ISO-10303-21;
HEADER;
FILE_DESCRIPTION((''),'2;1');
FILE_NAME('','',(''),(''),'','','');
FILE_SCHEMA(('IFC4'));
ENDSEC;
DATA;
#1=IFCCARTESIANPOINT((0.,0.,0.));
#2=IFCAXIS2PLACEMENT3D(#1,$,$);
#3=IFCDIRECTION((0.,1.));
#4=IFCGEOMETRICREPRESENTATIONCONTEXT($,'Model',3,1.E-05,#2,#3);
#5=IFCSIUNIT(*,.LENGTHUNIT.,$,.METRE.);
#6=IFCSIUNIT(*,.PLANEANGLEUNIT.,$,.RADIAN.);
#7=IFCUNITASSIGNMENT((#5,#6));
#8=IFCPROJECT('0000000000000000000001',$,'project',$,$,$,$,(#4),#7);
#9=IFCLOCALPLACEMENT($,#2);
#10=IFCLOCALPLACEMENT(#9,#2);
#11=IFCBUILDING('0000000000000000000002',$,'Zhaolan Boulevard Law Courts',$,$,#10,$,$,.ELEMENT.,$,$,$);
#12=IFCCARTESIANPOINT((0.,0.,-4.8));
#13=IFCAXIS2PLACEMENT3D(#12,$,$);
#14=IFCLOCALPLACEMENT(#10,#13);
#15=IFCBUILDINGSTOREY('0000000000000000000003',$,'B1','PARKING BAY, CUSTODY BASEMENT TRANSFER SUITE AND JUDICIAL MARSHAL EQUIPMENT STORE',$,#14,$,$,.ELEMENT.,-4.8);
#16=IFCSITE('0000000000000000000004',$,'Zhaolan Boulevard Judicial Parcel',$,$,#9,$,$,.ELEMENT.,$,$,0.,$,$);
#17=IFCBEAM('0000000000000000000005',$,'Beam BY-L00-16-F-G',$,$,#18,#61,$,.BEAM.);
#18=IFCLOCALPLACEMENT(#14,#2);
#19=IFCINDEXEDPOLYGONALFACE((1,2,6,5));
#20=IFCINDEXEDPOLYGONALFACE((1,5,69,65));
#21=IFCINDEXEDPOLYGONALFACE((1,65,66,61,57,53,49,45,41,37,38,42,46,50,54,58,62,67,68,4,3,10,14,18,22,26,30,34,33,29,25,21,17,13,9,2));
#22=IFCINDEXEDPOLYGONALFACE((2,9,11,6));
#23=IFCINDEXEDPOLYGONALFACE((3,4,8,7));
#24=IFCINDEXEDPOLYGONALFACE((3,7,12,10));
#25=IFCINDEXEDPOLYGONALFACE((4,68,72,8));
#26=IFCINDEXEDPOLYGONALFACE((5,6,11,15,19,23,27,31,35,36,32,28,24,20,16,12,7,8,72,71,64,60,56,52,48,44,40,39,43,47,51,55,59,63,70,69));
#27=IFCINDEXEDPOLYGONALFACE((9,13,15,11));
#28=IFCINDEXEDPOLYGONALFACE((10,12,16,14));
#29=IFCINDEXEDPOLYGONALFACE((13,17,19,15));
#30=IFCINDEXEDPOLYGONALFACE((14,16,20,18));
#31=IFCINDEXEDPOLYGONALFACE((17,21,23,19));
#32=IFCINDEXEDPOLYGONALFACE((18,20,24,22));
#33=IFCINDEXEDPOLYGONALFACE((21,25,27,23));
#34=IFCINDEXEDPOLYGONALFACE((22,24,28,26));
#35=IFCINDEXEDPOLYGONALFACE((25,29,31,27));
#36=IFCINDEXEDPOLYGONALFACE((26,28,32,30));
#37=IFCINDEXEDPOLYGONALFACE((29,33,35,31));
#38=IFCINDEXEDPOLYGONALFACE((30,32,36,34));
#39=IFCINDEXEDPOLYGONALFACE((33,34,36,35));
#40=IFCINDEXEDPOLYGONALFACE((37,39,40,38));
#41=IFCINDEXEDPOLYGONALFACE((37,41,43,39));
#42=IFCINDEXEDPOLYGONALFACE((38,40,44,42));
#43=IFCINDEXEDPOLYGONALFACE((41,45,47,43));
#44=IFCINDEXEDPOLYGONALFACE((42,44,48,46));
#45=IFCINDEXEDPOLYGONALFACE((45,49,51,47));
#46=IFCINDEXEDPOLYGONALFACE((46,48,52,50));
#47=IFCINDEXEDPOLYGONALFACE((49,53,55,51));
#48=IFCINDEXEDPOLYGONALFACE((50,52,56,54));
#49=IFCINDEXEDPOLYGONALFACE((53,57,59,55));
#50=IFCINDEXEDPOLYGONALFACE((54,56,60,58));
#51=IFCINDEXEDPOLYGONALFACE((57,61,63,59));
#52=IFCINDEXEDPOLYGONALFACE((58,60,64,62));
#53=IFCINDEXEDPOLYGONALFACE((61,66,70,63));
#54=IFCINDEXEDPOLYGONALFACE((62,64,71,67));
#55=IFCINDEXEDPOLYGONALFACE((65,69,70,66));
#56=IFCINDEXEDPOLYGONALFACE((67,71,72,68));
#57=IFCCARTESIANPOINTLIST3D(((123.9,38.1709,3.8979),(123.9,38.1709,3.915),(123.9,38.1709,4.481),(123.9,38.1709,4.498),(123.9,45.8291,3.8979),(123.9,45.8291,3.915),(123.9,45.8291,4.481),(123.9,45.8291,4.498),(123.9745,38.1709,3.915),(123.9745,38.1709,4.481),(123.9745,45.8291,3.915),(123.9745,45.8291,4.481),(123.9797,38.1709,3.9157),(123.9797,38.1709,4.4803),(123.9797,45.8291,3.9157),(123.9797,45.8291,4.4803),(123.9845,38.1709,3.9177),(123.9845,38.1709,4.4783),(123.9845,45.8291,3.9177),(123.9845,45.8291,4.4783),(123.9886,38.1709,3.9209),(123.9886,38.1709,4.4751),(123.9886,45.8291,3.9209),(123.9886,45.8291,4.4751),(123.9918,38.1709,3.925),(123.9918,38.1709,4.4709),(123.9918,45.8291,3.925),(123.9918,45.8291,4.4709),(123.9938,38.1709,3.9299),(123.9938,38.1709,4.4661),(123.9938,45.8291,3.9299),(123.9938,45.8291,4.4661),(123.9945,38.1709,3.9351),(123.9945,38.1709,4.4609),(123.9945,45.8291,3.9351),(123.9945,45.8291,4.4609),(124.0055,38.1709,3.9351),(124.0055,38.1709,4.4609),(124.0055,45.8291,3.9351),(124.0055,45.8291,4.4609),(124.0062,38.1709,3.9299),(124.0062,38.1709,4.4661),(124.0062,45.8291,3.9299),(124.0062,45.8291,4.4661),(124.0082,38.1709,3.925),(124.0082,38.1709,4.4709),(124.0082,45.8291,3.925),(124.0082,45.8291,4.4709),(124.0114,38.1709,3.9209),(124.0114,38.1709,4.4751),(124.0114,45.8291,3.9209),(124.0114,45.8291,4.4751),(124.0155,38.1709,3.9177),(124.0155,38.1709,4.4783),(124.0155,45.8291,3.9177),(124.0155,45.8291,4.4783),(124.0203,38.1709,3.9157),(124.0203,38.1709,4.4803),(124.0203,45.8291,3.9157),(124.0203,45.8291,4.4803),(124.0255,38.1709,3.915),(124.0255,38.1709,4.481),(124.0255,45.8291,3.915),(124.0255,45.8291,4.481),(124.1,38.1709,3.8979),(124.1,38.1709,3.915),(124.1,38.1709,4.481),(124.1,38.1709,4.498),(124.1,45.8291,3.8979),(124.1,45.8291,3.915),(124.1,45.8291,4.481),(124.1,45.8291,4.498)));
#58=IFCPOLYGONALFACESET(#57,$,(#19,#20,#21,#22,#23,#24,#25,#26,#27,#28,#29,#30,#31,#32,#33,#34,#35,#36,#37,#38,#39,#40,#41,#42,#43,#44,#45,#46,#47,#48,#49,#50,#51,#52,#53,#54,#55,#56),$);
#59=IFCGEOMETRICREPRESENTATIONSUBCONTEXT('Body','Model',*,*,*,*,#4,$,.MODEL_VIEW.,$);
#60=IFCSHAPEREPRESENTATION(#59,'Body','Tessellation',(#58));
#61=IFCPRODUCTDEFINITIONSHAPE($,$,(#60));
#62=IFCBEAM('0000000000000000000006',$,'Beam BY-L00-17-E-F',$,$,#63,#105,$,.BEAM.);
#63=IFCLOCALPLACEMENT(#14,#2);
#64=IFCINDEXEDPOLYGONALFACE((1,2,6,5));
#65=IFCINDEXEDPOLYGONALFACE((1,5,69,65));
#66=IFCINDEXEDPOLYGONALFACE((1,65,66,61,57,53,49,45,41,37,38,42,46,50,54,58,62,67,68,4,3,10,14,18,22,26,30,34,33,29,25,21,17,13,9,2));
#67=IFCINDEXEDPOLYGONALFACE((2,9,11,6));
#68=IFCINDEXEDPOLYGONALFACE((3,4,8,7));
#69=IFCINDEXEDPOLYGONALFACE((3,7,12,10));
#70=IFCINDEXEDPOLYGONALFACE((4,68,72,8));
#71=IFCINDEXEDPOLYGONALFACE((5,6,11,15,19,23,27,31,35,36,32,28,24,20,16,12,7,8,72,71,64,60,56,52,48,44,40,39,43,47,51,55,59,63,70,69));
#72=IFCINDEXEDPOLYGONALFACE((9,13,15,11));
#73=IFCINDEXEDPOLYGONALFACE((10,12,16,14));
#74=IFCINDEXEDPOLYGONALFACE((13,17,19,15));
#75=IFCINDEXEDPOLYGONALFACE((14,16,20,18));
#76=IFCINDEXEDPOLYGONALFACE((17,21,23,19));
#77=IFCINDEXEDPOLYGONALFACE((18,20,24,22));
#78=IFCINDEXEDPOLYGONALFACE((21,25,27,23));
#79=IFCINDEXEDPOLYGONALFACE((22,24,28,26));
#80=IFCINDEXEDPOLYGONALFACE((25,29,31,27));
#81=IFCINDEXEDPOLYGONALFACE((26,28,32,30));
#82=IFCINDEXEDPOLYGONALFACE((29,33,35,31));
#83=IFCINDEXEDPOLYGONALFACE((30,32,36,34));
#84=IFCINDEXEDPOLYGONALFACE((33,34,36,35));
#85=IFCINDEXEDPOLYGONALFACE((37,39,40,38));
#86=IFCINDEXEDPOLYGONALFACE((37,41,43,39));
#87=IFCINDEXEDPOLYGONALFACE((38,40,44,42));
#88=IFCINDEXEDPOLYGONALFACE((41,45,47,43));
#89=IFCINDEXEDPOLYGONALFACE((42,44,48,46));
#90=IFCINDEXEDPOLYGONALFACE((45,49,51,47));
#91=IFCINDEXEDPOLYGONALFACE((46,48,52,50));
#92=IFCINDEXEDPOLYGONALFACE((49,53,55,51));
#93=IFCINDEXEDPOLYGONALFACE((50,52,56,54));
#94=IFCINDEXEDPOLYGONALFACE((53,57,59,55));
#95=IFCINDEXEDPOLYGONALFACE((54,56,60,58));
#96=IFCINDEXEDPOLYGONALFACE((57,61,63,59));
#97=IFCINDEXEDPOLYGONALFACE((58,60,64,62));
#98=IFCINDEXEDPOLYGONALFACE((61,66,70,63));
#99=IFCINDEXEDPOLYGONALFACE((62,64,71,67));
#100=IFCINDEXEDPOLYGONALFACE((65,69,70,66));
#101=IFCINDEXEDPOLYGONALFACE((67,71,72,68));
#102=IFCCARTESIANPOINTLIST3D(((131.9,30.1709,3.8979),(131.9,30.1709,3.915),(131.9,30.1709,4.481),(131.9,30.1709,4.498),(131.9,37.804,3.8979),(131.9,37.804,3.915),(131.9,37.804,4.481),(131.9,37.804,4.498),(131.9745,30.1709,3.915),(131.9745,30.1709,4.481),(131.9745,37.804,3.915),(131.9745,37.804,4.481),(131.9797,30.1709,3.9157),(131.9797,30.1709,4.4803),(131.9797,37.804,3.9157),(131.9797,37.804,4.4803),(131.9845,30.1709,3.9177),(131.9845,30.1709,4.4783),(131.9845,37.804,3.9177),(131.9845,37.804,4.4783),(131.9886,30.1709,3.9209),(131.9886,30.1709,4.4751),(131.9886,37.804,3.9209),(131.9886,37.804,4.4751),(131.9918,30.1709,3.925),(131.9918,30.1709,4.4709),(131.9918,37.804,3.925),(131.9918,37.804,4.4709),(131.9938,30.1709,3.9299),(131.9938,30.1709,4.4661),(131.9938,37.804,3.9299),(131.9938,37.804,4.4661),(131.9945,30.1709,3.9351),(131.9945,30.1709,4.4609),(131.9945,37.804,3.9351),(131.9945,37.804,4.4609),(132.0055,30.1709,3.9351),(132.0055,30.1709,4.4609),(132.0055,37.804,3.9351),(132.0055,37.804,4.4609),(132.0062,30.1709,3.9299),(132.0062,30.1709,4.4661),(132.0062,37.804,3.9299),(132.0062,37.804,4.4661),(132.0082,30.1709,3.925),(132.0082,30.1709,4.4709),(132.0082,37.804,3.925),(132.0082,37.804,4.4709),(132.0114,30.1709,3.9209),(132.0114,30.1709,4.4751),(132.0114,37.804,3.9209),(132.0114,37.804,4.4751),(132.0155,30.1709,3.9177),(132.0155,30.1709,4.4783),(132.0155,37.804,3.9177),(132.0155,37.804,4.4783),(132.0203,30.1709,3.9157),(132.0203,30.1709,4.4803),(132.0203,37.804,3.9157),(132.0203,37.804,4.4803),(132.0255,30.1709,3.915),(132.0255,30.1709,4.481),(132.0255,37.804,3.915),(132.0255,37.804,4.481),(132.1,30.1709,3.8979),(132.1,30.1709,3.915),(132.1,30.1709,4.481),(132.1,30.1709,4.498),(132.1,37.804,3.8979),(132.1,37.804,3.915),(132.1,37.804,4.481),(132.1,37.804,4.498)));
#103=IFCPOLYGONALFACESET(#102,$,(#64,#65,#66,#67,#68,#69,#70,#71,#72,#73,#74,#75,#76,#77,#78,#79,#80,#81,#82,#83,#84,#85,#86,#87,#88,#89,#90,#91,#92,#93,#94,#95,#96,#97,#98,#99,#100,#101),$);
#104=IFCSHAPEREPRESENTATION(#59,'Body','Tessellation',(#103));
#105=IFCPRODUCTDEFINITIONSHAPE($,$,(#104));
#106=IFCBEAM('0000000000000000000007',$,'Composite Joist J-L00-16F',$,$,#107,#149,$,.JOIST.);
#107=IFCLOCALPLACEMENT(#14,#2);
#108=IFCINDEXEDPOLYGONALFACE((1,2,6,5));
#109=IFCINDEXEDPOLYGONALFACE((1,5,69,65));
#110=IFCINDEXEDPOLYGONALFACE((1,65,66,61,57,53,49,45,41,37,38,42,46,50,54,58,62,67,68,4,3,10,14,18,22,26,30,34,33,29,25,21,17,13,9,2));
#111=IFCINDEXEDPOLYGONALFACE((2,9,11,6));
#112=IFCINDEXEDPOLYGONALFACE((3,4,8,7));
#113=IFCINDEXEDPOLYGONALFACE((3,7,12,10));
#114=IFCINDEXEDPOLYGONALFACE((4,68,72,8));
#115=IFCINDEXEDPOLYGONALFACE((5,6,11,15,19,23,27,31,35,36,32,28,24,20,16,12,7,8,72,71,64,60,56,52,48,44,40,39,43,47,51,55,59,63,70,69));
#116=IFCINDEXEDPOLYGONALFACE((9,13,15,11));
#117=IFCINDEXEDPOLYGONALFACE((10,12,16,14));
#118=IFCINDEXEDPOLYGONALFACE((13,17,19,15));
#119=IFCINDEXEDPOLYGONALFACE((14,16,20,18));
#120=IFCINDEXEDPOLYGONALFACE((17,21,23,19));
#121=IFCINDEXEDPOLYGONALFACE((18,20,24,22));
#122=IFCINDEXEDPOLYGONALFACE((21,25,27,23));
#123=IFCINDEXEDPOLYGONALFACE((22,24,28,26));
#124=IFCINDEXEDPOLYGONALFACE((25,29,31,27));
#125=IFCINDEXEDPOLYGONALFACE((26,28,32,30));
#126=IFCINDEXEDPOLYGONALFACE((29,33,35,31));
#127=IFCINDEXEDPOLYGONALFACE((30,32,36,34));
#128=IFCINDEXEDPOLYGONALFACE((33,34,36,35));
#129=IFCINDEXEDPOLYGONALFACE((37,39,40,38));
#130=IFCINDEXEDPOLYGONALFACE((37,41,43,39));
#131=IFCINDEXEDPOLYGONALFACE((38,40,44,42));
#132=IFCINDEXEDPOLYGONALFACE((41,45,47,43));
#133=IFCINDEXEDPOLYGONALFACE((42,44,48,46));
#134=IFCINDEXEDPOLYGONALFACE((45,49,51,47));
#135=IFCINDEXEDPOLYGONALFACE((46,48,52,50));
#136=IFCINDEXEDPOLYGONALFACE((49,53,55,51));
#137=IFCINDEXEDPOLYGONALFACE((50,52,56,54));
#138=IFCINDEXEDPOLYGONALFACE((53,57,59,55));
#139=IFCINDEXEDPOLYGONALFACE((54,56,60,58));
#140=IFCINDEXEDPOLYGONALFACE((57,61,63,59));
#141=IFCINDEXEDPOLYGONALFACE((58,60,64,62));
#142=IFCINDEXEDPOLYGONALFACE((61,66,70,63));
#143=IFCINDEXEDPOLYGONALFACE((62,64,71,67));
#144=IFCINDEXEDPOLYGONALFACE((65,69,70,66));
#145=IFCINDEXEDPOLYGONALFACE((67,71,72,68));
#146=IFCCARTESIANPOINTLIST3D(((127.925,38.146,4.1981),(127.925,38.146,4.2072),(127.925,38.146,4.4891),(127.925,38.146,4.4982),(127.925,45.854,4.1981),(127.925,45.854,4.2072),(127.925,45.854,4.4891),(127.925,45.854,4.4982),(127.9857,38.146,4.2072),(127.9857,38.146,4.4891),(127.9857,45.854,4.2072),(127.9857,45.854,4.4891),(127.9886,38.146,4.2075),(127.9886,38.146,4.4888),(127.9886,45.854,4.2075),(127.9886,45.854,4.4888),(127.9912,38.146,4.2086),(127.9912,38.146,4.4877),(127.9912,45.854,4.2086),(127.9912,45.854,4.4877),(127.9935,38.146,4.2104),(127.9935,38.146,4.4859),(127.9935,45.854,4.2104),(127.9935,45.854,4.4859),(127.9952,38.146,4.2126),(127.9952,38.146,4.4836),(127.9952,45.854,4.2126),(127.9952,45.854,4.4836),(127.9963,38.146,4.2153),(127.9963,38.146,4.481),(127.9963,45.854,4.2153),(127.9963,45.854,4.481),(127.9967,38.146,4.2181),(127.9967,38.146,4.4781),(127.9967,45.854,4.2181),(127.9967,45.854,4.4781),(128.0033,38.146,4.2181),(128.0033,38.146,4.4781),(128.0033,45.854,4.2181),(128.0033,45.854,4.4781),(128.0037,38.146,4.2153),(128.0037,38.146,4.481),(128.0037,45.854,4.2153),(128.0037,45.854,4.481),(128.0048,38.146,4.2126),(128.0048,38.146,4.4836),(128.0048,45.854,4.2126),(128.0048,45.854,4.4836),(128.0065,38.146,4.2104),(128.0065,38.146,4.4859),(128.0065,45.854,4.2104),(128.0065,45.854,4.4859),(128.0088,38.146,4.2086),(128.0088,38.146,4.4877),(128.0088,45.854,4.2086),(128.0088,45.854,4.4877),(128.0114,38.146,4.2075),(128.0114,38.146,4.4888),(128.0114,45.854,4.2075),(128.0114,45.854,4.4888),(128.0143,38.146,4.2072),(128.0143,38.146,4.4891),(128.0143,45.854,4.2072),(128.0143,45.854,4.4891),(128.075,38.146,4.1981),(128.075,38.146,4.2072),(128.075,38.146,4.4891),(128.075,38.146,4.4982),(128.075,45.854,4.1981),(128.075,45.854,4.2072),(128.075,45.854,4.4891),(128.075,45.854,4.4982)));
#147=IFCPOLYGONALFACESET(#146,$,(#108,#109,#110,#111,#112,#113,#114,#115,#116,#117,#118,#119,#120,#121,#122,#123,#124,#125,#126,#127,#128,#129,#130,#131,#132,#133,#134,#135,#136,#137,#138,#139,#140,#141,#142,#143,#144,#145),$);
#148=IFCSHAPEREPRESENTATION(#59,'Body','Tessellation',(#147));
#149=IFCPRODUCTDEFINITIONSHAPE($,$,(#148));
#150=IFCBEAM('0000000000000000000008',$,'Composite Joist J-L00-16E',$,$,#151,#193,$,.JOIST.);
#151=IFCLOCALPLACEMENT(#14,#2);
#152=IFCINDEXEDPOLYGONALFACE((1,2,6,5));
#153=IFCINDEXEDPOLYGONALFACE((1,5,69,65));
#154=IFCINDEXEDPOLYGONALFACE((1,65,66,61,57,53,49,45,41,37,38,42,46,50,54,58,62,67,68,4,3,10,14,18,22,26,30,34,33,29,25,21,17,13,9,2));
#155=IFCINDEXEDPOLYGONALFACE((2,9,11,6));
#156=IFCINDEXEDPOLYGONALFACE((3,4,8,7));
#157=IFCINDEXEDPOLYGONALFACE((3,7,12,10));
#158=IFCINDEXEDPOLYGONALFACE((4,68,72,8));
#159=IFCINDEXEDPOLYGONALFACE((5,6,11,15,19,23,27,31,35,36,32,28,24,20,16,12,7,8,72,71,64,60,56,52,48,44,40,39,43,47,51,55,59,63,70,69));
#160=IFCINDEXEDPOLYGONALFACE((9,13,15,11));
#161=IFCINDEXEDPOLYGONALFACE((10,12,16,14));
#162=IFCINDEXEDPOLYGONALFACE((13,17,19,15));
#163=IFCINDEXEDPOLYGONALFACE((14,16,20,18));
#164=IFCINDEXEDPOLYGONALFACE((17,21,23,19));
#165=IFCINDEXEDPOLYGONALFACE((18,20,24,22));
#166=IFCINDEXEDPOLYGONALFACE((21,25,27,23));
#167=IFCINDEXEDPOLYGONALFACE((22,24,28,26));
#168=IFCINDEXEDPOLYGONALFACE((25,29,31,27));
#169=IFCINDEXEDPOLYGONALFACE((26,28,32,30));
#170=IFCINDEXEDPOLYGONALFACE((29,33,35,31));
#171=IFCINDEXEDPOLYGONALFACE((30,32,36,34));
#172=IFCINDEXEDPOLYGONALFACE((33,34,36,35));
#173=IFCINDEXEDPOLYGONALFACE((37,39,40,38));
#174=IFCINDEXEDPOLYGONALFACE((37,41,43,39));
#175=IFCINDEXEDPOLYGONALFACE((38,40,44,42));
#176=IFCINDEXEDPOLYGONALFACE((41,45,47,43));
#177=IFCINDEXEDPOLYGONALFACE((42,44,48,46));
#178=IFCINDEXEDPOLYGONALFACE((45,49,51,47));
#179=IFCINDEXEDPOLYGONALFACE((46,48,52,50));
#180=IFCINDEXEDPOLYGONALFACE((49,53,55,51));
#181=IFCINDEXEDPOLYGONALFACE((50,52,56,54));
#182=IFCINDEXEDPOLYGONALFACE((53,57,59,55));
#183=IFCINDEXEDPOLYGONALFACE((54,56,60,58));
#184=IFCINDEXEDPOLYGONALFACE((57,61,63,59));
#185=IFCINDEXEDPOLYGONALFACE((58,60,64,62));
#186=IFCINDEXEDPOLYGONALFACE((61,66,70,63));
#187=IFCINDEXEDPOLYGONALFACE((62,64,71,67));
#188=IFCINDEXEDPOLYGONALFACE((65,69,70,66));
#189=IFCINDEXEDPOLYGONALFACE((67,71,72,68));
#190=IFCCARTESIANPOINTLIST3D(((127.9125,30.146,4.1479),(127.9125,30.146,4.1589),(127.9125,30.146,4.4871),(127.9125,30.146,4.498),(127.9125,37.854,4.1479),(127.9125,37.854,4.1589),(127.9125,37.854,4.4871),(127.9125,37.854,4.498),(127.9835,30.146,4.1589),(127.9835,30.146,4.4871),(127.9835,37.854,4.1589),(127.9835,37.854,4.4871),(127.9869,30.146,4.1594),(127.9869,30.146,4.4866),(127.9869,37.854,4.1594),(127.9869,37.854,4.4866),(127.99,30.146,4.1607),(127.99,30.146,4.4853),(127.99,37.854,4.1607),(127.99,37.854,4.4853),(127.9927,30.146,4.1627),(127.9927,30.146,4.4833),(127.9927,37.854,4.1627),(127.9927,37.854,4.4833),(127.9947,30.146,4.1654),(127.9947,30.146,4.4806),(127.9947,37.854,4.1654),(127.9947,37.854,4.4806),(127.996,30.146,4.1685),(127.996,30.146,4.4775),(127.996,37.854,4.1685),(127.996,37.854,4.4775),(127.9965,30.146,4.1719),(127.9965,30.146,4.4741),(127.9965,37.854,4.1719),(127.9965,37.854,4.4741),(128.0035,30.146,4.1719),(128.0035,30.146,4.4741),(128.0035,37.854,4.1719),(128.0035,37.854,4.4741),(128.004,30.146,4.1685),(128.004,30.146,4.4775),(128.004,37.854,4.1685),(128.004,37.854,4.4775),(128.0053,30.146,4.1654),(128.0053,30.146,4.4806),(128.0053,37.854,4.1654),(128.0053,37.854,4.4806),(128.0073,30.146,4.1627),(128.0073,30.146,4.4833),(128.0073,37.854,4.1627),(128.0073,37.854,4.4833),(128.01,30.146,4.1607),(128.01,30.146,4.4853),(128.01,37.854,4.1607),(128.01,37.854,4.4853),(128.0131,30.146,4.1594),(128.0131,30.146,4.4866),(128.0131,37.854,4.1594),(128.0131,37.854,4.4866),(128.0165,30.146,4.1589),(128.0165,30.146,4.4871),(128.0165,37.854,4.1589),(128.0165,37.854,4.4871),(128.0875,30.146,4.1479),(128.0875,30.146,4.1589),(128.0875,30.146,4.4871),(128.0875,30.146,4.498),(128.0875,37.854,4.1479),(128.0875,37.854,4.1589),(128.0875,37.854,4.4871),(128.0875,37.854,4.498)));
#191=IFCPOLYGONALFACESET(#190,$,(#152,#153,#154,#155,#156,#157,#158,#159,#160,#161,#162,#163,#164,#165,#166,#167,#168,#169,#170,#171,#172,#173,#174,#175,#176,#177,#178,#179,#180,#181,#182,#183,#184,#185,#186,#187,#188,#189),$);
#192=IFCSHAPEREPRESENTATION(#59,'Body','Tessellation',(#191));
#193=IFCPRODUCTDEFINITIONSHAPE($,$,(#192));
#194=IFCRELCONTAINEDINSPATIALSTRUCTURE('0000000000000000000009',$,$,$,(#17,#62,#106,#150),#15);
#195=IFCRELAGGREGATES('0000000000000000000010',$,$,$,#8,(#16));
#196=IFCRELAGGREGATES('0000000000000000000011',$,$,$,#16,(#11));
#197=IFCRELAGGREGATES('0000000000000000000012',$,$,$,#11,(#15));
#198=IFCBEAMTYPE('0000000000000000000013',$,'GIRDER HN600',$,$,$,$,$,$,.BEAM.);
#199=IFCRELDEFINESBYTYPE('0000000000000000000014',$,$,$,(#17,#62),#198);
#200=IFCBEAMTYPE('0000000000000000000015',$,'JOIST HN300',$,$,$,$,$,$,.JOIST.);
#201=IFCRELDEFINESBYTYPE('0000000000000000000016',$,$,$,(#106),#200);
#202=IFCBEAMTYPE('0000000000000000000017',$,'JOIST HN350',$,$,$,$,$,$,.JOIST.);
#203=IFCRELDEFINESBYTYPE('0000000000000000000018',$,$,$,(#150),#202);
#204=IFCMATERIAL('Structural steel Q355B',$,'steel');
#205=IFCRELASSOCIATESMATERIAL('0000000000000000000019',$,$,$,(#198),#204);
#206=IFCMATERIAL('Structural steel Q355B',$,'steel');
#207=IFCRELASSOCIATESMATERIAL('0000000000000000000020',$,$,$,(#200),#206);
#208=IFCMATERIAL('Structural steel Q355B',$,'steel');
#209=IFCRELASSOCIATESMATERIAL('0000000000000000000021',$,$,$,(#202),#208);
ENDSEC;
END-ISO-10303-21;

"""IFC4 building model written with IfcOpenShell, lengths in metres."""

from ifc_helpers import new_model, si_unit, direction, frame, origin, origin_2d, place, context, subcontext, project, spatial, i_section, extrude, material, material_profile, profile_set, type_object, element, save


model = new_model("IFC4")

# Units and contexts
model_context = context("Model", 3, precision=1e-05, world=origin(), true_north=direction((0.0, 1.0)))
body_context = subcontext(model_context, "Body", "Model", "MODEL_VIEW")
ifc_project = project(units=[si_unit("LENGTHUNIT", "METRE"), si_unit("PLANEANGLEUNIT", "RADIAN")], contexts=[model_context])

# Site, building, storey
site_placement = place(None, origin())
site = spatial("IfcSite", under=ifc_project, at=site_placement, Name="Zhaolan Boulevard Judicial Parcel", CompositionType="ELEMENT", RefElevation=0.0)
building_placement = place(site_placement, origin())
building = spatial("IfcBuilding", under=site, at=building_placement, Name="Zhaolan Boulevard Law Courts", CompositionType="ELEMENT")
storey_placement = place(building_placement, frame((0.0, 0.0, -4.8)))
storey = spatial("IfcBuildingStorey", under=building, at=storey_placement, Name="B1", Description="PARKING BAY, CUSTODY BASEMENT TRANSFER SUITE AND JUDICIAL MARSHAL EQUIPMENT STORE", CompositionType="ELEMENT", Elevation=-4.8)

# Beams
ifc_material_1 = material(Name="Structural steel Q355B", Category="steel")
ifc_material_profile_1 = material_profile(ifc_material_1, i_section(OverallWidth=0.2, OverallDepth=0.6001, WebThickness=0.011, FlangeThickness=0.0171, FilletRadius=0.02, at=origin_2d()), Name="HN600x200")
ifc_profile_set_1 = profile_set([ifc_material_profile_1], Name="Structural steel Q355B")
beam_type_1 = type_object("IfcBeamType", Name="GIRDER HN600", PredefinedType="BEAM", material=ifc_profile_set_1)
for number, where, z_axis, x_axis, name in (
    (1, (124.0, 38.1709, 4.198), (0.0, 1.0, 0.0), (-1.0, 0.0, 0.0), "Beam BY-L00-16-F-G"),
):
    element("IfcBeam", number, at=place(storey_placement, frame(where, z_axis=z_axis, x_axis=x_axis)), inside=storey, type_object=beam_type_1, Name=name, PredefinedType="BEAM", context=body_context, shape_type="SweptSolid", body=[
        extrude(i_section(OverallWidth=0.2, OverallDepth=0.6001, WebThickness=0.011, FlangeThickness=0.0171, FilletRadius=0.02, at=origin_2d()), origin(), (0.0, 0.0, 1.0), 7.6582),
    ])
beam_1_placement = place(storey_placement, frame((132.0, 30.1709, 4.198), z_axis=(0.0, 1.0, 0.0), x_axis=(-1.0, 0.0, 0.0)))
element("IfcBeam", 2, at=beam_1_placement, inside=storey, type_object=beam_type_1, Name="Beam BY-L00-17-E-F", PredefinedType="BEAM", context=body_context, shape_type="SweptSolid", body=[
    extrude(i_section(OverallWidth=0.2, OverallDepth=0.6001, WebThickness=0.011, FlangeThickness=0.0171, FilletRadius=0.02, at=origin_2d()), origin(), (0.0, 0.0, 1.0), 7.6331),
])
ifc_material_2 = material(Name="Structural steel Q355B", Category="steel")
ifc_material_profile_2 = material_profile(ifc_material_2, i_section(OverallWidth=0.1499, OverallDepth=0.3, WebThickness=0.0066, FlangeThickness=0.009, FilletRadius=0.011, at=origin_2d()), Name="HN300x150")
ifc_profile_set_2 = profile_set([ifc_material_profile_2], Name="Structural steel Q355B")
beam_type_2 = type_object("IfcBeamType", Name="JOIST HN300", PredefinedType="JOIST", material=ifc_profile_set_2)
beam_2_placement = place(storey_placement, frame((128.0, 38.146, 4.3481), z_axis=(0.0, 1.0, 0.0), x_axis=(-1.0, 0.0, 0.0)))
element("IfcBeam", 3, at=beam_2_placement, inside=storey, type_object=beam_type_2, Name="Composite Joist J-L00-16F", PredefinedType="JOIST", context=body_context, shape_type="SweptSolid", body=[
    extrude(i_section(OverallWidth=0.1499, OverallDepth=0.3, WebThickness=0.0066, FlangeThickness=0.009, FilletRadius=0.011, at=origin_2d()), origin(), (0.0, 0.0, 1.0), 7.708),
])
ifc_material_3 = material(Name="Structural steel Q355B", Category="steel")
ifc_material_profile_3 = material_profile(ifc_material_3, i_section(OverallWidth=0.175, OverallDepth=0.3501, WebThickness=0.0071, FlangeThickness=0.011, FilletRadius=0.0129, at=origin_2d()), Name="HN350x175")
ifc_profile_set_3 = profile_set([ifc_material_profile_3], Name="Structural steel Q355B")
beam_type_3 = type_object("IfcBeamType", Name="JOIST HN350", PredefinedType="JOIST", material=ifc_profile_set_3)
beam_3_placement = place(storey_placement, frame((128.0, 30.146, 4.323), z_axis=(0.0, 1.0, 0.0), x_axis=(-1.0, 0.0, 0.0)))
element("IfcBeam", 4, at=beam_3_placement, inside=storey, type_object=beam_type_3, Name="Composite Joist J-L00-16E", PredefinedType="JOIST", context=body_context, shape_type="SweptSolid", body=[
    extrude(i_section(OverallWidth=0.175, OverallDepth=0.3501, WebThickness=0.0071, FlangeThickness=0.011, FilletRadius=0.0129, at=origin_2d()), origin(), (0.0, 0.0, 1.0), 7.708),
])

save(model, "model.ifc")
